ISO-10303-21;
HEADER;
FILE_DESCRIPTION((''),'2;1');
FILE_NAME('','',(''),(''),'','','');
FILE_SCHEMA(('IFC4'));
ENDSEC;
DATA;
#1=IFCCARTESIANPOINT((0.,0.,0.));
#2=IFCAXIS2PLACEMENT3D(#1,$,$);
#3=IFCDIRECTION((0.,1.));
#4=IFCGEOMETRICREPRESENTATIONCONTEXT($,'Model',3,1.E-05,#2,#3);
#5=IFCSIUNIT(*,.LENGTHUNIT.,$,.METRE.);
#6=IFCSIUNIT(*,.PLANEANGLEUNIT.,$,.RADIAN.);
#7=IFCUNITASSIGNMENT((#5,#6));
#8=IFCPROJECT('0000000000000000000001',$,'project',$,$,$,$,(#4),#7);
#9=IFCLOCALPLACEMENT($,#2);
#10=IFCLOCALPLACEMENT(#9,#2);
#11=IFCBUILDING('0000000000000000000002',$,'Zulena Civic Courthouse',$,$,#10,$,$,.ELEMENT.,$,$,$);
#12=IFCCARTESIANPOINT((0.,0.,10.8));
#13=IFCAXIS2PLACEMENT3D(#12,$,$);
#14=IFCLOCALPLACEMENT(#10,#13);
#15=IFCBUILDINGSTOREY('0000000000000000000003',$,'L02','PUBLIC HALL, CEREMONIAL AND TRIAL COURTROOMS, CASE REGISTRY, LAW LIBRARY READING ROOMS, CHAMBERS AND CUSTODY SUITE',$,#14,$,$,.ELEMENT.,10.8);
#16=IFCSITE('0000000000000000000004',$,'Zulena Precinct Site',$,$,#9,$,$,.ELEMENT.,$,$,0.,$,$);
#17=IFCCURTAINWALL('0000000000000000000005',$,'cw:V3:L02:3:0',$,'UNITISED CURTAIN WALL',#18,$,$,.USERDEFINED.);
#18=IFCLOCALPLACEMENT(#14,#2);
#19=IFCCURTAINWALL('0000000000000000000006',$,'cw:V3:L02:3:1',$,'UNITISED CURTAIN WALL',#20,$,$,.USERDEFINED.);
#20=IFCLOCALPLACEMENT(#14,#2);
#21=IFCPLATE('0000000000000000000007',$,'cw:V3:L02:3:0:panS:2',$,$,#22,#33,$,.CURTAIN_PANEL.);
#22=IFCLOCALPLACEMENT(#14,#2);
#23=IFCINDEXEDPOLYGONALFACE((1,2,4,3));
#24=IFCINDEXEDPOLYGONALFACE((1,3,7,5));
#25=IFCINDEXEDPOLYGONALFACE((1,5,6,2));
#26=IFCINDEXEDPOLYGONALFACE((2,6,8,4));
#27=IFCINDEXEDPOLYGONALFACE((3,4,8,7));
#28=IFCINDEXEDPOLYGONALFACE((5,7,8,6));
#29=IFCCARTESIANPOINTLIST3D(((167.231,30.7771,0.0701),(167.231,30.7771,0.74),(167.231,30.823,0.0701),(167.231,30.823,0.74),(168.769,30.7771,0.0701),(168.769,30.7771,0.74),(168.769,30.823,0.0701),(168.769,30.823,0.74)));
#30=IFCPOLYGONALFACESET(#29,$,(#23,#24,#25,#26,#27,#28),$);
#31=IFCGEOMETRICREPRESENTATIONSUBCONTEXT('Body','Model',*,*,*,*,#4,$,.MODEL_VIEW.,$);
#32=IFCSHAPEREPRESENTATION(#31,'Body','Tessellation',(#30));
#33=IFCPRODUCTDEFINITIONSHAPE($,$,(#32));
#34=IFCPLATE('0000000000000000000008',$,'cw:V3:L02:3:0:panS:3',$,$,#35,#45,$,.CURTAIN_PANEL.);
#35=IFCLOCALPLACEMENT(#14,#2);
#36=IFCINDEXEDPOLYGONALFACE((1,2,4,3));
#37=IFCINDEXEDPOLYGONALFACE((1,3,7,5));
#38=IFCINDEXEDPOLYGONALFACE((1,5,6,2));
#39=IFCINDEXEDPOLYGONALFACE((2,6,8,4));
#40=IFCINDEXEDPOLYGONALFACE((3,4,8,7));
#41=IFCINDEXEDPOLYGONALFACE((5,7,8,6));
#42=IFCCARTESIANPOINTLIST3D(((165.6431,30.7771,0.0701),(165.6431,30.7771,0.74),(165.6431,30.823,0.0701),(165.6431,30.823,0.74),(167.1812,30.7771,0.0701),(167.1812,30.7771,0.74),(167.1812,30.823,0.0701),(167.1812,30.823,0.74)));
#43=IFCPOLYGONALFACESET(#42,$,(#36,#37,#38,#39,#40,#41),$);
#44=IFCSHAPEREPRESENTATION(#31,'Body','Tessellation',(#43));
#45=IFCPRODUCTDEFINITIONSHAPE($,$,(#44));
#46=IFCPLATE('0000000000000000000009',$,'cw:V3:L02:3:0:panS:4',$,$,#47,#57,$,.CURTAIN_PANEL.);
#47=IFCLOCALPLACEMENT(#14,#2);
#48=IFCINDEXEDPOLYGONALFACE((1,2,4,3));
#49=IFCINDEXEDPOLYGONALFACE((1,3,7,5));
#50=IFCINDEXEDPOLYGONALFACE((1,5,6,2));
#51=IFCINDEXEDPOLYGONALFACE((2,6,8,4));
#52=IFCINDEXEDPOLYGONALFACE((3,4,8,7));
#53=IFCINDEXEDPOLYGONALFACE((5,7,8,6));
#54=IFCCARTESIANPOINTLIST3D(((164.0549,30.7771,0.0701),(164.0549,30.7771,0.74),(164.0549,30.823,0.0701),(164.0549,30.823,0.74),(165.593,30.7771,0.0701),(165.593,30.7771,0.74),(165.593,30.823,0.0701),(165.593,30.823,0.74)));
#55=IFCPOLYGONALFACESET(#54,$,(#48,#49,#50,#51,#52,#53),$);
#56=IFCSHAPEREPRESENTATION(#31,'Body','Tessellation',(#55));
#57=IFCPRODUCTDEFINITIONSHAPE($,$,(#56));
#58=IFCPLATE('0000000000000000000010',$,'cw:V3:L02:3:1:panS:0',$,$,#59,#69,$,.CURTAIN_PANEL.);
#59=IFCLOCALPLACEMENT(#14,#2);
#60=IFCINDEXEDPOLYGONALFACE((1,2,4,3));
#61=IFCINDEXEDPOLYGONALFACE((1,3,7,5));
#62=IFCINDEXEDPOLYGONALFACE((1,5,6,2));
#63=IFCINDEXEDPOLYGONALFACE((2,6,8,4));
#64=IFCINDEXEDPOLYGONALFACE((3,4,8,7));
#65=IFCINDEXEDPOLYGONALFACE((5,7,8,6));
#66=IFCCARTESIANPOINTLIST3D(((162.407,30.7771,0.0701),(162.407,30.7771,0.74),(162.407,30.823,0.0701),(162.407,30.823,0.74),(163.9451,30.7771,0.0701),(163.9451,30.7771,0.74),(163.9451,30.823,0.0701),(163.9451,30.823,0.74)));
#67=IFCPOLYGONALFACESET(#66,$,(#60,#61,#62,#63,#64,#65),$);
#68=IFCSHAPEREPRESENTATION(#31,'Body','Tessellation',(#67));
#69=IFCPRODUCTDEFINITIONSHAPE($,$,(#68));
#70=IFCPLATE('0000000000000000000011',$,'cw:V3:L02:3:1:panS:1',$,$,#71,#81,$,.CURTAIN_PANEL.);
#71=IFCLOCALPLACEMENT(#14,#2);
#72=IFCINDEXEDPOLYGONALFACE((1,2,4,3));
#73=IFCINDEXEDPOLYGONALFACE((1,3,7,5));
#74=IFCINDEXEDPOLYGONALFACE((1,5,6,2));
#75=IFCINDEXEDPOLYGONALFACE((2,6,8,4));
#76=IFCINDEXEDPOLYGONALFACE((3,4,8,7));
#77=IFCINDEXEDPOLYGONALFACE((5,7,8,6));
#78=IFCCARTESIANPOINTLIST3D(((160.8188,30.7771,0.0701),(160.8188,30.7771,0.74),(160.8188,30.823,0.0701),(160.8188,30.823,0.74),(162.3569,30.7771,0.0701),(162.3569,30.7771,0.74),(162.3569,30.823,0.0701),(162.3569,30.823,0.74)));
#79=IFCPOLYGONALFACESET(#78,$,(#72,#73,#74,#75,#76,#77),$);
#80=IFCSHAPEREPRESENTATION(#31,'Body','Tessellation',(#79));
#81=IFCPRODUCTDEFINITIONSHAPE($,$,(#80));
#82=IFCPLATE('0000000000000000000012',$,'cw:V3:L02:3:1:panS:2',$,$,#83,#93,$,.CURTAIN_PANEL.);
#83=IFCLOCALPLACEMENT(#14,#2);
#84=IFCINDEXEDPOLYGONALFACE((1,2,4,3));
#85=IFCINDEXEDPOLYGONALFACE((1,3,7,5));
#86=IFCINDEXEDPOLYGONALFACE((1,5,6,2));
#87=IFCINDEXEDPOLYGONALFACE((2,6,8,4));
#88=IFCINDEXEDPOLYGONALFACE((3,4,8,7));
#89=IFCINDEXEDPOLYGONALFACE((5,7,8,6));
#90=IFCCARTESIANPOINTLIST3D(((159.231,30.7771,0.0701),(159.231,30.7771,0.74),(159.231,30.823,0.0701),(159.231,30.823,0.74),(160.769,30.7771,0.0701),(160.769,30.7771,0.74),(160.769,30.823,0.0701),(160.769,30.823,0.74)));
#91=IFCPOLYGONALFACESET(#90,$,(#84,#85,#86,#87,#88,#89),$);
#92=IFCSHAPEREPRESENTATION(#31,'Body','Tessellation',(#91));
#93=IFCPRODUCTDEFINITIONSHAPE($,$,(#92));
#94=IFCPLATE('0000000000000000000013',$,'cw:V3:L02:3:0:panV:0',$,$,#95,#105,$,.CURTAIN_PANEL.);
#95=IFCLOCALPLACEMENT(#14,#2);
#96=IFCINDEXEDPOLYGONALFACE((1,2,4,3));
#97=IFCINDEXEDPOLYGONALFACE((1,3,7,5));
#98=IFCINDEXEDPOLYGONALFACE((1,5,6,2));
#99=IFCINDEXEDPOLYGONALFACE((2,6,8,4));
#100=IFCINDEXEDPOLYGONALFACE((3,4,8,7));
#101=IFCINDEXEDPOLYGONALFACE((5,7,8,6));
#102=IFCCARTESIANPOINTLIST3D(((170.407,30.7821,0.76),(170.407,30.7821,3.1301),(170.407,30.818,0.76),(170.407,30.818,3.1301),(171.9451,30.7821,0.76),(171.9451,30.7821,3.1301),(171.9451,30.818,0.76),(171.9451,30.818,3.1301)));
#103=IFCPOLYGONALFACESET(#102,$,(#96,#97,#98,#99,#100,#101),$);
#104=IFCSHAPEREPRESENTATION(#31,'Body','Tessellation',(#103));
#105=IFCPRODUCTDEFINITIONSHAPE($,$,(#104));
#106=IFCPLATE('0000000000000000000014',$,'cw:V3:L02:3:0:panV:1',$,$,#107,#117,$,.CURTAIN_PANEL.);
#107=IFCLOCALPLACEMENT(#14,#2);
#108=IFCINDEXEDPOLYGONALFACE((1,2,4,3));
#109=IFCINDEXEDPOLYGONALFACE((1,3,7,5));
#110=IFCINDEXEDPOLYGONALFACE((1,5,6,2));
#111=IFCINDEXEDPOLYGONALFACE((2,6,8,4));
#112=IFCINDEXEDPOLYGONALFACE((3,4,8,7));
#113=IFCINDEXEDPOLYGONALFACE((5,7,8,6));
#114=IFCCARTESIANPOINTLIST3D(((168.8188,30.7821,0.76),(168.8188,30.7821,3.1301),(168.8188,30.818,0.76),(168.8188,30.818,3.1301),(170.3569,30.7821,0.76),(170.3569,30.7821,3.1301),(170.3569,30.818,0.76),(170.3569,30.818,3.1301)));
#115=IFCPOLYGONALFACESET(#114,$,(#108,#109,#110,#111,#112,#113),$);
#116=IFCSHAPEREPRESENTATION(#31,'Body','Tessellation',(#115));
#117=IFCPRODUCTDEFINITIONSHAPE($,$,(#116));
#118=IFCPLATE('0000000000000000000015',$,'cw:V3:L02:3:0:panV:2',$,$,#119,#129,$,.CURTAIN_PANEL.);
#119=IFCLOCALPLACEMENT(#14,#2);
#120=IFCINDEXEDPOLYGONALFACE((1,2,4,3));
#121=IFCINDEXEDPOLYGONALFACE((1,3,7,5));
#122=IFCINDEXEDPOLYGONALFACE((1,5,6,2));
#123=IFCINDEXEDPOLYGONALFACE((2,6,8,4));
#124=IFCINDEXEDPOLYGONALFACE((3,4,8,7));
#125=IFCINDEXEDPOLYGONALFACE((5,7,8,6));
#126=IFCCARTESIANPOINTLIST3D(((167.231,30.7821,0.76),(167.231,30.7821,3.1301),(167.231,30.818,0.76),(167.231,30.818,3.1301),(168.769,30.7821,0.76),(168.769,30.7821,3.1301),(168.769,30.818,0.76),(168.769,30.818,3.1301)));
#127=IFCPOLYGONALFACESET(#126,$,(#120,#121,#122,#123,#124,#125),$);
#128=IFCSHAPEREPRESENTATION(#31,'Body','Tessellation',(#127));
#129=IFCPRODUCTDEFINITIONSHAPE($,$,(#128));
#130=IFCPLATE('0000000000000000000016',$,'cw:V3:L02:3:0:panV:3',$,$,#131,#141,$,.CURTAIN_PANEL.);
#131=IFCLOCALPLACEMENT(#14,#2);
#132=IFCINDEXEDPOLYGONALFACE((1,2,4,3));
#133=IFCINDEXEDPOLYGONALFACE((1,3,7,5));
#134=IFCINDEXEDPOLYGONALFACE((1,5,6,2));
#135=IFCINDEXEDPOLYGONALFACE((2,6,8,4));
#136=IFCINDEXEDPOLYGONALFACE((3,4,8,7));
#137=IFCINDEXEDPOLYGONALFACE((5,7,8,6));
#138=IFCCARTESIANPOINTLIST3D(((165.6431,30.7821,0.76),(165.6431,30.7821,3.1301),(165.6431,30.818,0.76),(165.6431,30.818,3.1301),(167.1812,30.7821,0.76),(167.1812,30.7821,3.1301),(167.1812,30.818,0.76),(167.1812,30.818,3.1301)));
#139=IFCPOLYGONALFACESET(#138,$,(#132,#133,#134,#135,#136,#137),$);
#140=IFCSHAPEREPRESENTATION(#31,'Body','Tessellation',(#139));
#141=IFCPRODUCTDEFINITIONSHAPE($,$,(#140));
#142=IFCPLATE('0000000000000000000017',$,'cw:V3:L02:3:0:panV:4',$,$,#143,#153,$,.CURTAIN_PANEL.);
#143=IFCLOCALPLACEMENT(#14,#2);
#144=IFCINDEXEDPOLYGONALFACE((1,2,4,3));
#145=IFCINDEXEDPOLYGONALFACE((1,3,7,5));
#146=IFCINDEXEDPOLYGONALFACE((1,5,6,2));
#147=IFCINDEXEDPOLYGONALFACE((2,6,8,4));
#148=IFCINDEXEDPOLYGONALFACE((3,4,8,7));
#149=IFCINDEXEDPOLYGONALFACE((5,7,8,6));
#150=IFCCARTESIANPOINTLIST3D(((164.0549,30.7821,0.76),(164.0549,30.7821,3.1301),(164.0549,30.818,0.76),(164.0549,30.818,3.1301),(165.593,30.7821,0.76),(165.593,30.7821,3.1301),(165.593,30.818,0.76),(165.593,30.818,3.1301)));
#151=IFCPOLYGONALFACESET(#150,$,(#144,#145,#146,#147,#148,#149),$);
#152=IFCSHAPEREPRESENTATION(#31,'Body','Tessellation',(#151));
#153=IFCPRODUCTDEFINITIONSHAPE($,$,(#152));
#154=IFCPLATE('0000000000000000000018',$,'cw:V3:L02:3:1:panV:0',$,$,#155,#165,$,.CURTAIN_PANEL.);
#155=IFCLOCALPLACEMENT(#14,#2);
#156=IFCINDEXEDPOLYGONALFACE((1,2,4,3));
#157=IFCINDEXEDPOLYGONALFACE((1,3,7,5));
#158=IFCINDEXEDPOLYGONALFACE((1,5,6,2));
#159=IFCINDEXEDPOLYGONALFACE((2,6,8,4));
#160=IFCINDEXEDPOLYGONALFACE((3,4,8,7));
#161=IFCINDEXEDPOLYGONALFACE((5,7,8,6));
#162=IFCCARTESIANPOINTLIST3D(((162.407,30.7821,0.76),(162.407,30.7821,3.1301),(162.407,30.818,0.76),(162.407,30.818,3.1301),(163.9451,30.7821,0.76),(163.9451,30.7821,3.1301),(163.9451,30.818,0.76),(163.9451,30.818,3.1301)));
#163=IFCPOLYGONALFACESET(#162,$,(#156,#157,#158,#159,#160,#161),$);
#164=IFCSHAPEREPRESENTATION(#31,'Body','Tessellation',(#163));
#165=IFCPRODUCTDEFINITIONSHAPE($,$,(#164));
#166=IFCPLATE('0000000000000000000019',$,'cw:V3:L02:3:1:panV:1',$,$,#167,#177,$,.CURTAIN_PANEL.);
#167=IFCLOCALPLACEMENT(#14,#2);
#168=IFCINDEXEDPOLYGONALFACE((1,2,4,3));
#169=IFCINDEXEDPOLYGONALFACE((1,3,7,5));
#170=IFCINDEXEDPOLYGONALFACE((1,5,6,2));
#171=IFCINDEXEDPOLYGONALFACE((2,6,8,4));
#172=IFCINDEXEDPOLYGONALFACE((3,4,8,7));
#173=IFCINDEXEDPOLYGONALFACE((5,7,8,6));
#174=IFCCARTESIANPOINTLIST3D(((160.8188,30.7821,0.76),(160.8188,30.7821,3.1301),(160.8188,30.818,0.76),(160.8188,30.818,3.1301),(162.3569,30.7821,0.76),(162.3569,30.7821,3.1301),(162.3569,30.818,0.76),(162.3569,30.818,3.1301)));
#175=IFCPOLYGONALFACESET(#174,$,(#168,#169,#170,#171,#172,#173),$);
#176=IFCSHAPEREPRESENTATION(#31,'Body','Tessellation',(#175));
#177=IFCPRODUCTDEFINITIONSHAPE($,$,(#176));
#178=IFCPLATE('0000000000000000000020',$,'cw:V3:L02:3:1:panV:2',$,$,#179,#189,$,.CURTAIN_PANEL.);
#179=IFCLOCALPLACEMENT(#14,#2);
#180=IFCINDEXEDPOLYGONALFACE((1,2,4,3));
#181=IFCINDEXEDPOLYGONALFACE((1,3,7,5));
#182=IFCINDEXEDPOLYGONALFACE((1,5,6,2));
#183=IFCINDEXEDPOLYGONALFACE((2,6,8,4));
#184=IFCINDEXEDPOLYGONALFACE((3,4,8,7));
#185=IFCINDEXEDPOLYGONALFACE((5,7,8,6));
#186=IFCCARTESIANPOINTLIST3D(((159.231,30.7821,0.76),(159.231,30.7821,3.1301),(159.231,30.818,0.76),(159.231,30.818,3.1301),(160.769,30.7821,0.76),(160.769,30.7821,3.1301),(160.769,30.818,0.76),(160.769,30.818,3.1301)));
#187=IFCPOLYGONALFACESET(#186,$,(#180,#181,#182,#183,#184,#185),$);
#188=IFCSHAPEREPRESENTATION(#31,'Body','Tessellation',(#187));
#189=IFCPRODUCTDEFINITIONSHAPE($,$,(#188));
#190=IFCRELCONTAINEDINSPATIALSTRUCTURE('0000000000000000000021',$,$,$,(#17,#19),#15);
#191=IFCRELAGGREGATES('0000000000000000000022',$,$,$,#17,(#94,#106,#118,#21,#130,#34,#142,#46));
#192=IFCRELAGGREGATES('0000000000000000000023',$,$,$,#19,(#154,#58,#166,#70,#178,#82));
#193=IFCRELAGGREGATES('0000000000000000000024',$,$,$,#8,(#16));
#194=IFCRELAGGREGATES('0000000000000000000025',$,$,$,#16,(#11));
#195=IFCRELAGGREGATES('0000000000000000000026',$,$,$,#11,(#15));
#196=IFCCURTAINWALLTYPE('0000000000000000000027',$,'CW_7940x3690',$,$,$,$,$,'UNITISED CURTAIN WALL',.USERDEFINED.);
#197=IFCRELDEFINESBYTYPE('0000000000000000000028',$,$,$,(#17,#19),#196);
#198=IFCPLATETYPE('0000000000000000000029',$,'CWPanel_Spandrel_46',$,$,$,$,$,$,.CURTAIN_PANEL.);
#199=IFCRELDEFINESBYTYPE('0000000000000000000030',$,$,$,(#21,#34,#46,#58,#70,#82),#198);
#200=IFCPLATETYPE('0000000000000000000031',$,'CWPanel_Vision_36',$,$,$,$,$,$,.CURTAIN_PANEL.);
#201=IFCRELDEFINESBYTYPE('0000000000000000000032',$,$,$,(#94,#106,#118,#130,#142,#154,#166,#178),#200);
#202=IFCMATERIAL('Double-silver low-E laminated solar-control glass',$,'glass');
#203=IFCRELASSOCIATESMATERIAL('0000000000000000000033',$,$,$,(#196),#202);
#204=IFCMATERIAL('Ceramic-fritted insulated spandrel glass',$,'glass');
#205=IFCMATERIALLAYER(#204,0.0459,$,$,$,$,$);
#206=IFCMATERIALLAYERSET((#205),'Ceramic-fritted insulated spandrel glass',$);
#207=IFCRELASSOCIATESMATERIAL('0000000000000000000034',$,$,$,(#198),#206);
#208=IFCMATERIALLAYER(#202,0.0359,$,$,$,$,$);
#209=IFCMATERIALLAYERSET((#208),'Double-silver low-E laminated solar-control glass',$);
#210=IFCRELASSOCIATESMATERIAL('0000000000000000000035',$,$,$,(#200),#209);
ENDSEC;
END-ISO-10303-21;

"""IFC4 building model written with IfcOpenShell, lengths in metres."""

from ifc_helpers import new_model, si_unit, direction, frame, origin, origin_2d, place, context, subcontext, project, spatial, rectangle, extrude, material, layer, layer_set, type_object, element, aggregate, save


model = new_model("IFC4")

# Units and contexts
model_context = context("Model", 3, precision=1e-05, world=origin(), true_north=direction((0.0, 1.0)))
body_context = subcontext(model_context, "Body", "Model", "MODEL_VIEW")
ifc_project = project(units=[si_unit("LENGTHUNIT", "METRE"), si_unit("PLANEANGLEUNIT", "RADIAN")], contexts=[model_context])

# Site, building, storey
site_placement = place(None, origin())
site = spatial("IfcSite", under=ifc_project, at=site_placement, Name="Zulena Precinct Site", CompositionType="ELEMENT", RefElevation=0.0)
building_placement = place(site_placement, origin())
building = spatial("IfcBuilding", under=site, at=building_placement, Name="Zulena Civic Courthouse", CompositionType="ELEMENT")
storey_placement = place(building_placement, frame((0.0, 0.0, 10.8)))
storey = spatial("IfcBuildingStorey", under=building, at=storey_placement, Name="L02", Description="PUBLIC HALL, CEREMONIAL AND TRIAL COURTROOMS, CASE REGISTRY, LAW LIBRARY READING ROOMS, CHAMBERS AND CUSTODY SUITE", CompositionType="ELEMENT", Elevation=10.8)

# Curtain walls
ifc_material_1 = material(Name="Double-silver low-E laminated solar-control glass", Category="glass")
curtain_wall_type = type_object("IfcCurtainWallType", Name="CW_7940x3690", ElementType="UNITISED CURTAIN WALL", PredefinedType="USERDEFINED", material=ifc_material_1)
curtain_wall_1_placement = place(storey_placement, origin())
curtain_wall_1 = element("IfcCurtainWall", 1, at=curtain_wall_1_placement, inside=storey, type_object=curtain_wall_type, Name="cw:V3:L02:3:0", ObjectType="UNITISED CURTAIN WALL", PredefinedType="USERDEFINED")
curtain_wall_2_placement = place(storey_placement, origin())
curtain_wall_2 = element("IfcCurtainWall", 2, at=curtain_wall_2_placement, inside=storey, type_object=curtain_wall_type, Name="cw:V3:L02:3:1", ObjectType="UNITISED CURTAIN WALL", PredefinedType="USERDEFINED")

# Plates
ifc_material_2 = material(Name="Ceramic-fritted insulated spandrel glass", Category="glass")
ifc_layer_1 = layer(ifc_material_2, 0.0459)
ifc_layer_set_1 = layer_set([ifc_layer_1], Name="Ceramic-fritted insulated spandrel glass")
plate_type_1 = type_object("IfcPlateType", Name="CWPanel_Spandrel_46", PredefinedType="CURTAIN_PANEL", material=ifc_layer_set_1)
plate_1_placement = place(storey_placement, frame((168.0, 30.8, 0.0701), z_axis=(0.0, 0.0, 1.0), x_axis=(-1.0, 0.0, 0.0)))
plate_1 = element("IfcPlate", 3, at=plate_1_placement, type_object=plate_type_1, Name="cw:V3:L02:3:0:panS:2", PredefinedType="CURTAIN_PANEL", context=body_context, shape_type="SweptSolid", body=[
    extrude(rectangle(XDim=1.5381, YDim=0.0459, at=origin_2d()), origin(), (0.0, 0.0, 1.0), 0.6699),
])
plate_2_placement = place(storey_placement, frame((166.4121, 30.8, 0.0701), z_axis=(0.0, 0.0, 1.0), x_axis=(-1.0, 0.0, 0.0)))
plate_2 = element("IfcPlate", 4, at=plate_2_placement, type_object=plate_type_1, Name="cw:V3:L02:3:0:panS:3", PredefinedType="CURTAIN_PANEL", context=body_context, shape_type="SweptSolid", body=[
    extrude(rectangle(XDim=1.5381, YDim=0.0459, at=origin_2d()), origin(), (0.0, 0.0, 1.0), 0.6699),
])
plate_3_placement = place(storey_placement, frame((164.824, 30.8, 0.0701), z_axis=(0.0, 0.0, 1.0), x_axis=(-1.0, 0.0, 0.0)))
plate_3 = element("IfcPlate", 5, at=plate_3_placement, type_object=plate_type_1, Name="cw:V3:L02:3:0:panS:4", PredefinedType="CURTAIN_PANEL", context=body_context, shape_type="SweptSolid", body=[
    extrude(rectangle(XDim=1.5381, YDim=0.0459, at=origin_2d()), origin(), (0.0, 0.0, 1.0), 0.6699),
])
plate_4_placement = place(storey_placement, frame((163.176, 30.8, 0.0701), z_axis=(0.0, 0.0, 1.0), x_axis=(-1.0, 0.0, 0.0)))
plate_4 = element("IfcPlate", 6, at=plate_4_placement, type_object=plate_type_1, Name="cw:V3:L02:3:1:panS:0", PredefinedType="CURTAIN_PANEL", context=body_context, shape_type="SweptSolid", body=[
    extrude(rectangle(XDim=1.5381, YDim=0.0459, at=origin_2d()), origin(), (0.0, 0.0, 1.0), 0.6699),
])
plate_5_placement = place(storey_placement, frame((161.5879, 30.8, 0.0701), z_axis=(0.0, 0.0, 1.0), x_axis=(-1.0, 0.0, 0.0)))
plate_5 = element("IfcPlate", 7, at=plate_5_placement, type_object=plate_type_1, Name="cw:V3:L02:3:1:panS:1", PredefinedType="CURTAIN_PANEL", context=body_context, shape_type="SweptSolid", body=[
    extrude(rectangle(XDim=1.5381, YDim=0.0459, at=origin_2d()), origin(), (0.0, 0.0, 1.0), 0.6699),
])
plate_6_placement = place(storey_placement, frame((160.0, 30.8, 0.0701), z_axis=(0.0, 0.0, 1.0), x_axis=(-1.0, 0.0, 0.0)))
plate_6 = element("IfcPlate", 8, at=plate_6_placement, type_object=plate_type_1, Name="cw:V3:L02:3:1:panS:2", PredefinedType="CURTAIN_PANEL", context=body_context, shape_type="SweptSolid", body=[
    extrude(rectangle(XDim=1.5381, YDim=0.0459, at=origin_2d()), origin(), (0.0, 0.0, 1.0), 0.6699),
])
ifc_layer_2 = layer(ifc_material_1, 0.0359)
ifc_layer_set_2 = layer_set([ifc_layer_2], Name="Double-silver low-E laminated solar-control glass")
plate_type_2 = type_object("IfcPlateType", Name="CWPanel_Vision_36", PredefinedType="CURTAIN_PANEL", material=ifc_layer_set_2)
plate_7_placement = place(storey_placement, frame((171.176, 30.8, 0.76), z_axis=(0.0, 0.0, 1.0), x_axis=(-1.0, 0.0, 0.0)))
plate_7 = element("IfcPlate", 9, at=plate_7_placement, type_object=plate_type_2, Name="cw:V3:L02:3:0:panV:0", PredefinedType="CURTAIN_PANEL", context=body_context, shape_type="SweptSolid", body=[
    extrude(rectangle(XDim=1.5381, YDim=0.0359, at=origin_2d()), origin(), (0.0, 0.0, 1.0), 2.3701),
])
plate_8_placement = place(storey_placement, frame((169.5879, 30.8, 0.76), z_axis=(0.0, 0.0, 1.0), x_axis=(-1.0, 0.0, 0.0)))
plate_8 = element("IfcPlate", 10, at=plate_8_placement, type_object=plate_type_2, Name="cw:V3:L02:3:0:panV:1", PredefinedType="CURTAIN_PANEL", context=body_context, shape_type="SweptSolid", body=[
    extrude(rectangle(XDim=1.5381, YDim=0.0359, at=origin_2d()), origin(), (0.0, 0.0, 1.0), 2.3701),
])
plate_9_placement = place(storey_placement, frame((168.0, 30.8, 0.76), z_axis=(0.0, 0.0, 1.0), x_axis=(-1.0, 0.0, 0.0)))
plate_9 = element("IfcPlate", 11, at=plate_9_placement, type_object=plate_type_2, Name="cw:V3:L02:3:0:panV:2", PredefinedType="CURTAIN_PANEL", context=body_context, shape_type="SweptSolid", body=[
    extrude(rectangle(XDim=1.5381, YDim=0.0359, at=origin_2d()), origin(), (0.0, 0.0, 1.0), 2.3701),
])
plate_10_placement = place(storey_placement, frame((166.4121, 30.8, 0.76), z_axis=(0.0, 0.0, 1.0), x_axis=(-1.0, 0.0, 0.0)))
plate_10 = element("IfcPlate", 12, at=plate_10_placement, type_object=plate_type_2, Name="cw:V3:L02:3:0:panV:3", PredefinedType="CURTAIN_PANEL", context=body_context, shape_type="SweptSolid", body=[
    extrude(rectangle(XDim=1.5381, YDim=0.0359, at=origin_2d()), origin(), (0.0, 0.0, 1.0), 2.3701),
])
plate_11_placement = place(storey_placement, frame((164.824, 30.8, 0.76), z_axis=(0.0, 0.0, 1.0), x_axis=(-1.0, 0.0, 0.0)))
plate_11 = element("IfcPlate", 13, at=plate_11_placement, type_object=plate_type_2, Name="cw:V3:L02:3:0:panV:4", PredefinedType="CURTAIN_PANEL", context=body_context, shape_type="SweptSolid", body=[
    extrude(rectangle(XDim=1.5381, YDim=0.0359, at=origin_2d()), origin(), (0.0, 0.0, 1.0), 2.3701),
])
aggregate(curtain_wall_1, [plate_7, plate_8, plate_9, plate_1, plate_10, plate_2, plate_11, plate_3])
plate_12_placement = place(storey_placement, frame((163.176, 30.8, 0.76), z_axis=(0.0, 0.0, 1.0), x_axis=(-1.0, 0.0, 0.0)))
plate_12 = element("IfcPlate", 14, at=plate_12_placement, type_object=plate_type_2, Name="cw:V3:L02:3:1:panV:0", PredefinedType="CURTAIN_PANEL", context=body_context, shape_type="SweptSolid", body=[
    extrude(rectangle(XDim=1.5381, YDim=0.0359, at=origin_2d()), origin(), (0.0, 0.0, 1.0), 2.3701),
])
plate_13_placement = place(storey_placement, frame((161.5879, 30.8, 0.76), z_axis=(0.0, 0.0, 1.0), x_axis=(-1.0, 0.0, 0.0)))
plate_13 = element("IfcPlate", 15, at=plate_13_placement, type_object=plate_type_2, Name="cw:V3:L02:3:1:panV:1", PredefinedType="CURTAIN_PANEL", context=body_context, shape_type="SweptSolid", body=[
    extrude(rectangle(XDim=1.5381, YDim=0.0359, at=origin_2d()), origin(), (0.0, 0.0, 1.0), 2.3701),
])
plate_14_placement = place(storey_placement, frame((160.0, 30.8, 0.76), z_axis=(0.0, 0.0, 1.0), x_axis=(-1.0, 0.0, 0.0)))
plate_14 = element("IfcPlate", 16, at=plate_14_placement, type_object=plate_type_2, Name="cw:V3:L02:3:1:panV:2", PredefinedType="CURTAIN_PANEL", context=body_context, shape_type="SweptSolid", body=[
    extrude(rectangle(XDim=1.5381, YDim=0.0359, at=origin_2d()), origin(), (0.0, 0.0, 1.0), 2.3701),
])
aggregate(curtain_wall_2, [plate_12, plate_4, plate_13, plate_5, plate_14, plate_6])

save(model, "model.ifc")
